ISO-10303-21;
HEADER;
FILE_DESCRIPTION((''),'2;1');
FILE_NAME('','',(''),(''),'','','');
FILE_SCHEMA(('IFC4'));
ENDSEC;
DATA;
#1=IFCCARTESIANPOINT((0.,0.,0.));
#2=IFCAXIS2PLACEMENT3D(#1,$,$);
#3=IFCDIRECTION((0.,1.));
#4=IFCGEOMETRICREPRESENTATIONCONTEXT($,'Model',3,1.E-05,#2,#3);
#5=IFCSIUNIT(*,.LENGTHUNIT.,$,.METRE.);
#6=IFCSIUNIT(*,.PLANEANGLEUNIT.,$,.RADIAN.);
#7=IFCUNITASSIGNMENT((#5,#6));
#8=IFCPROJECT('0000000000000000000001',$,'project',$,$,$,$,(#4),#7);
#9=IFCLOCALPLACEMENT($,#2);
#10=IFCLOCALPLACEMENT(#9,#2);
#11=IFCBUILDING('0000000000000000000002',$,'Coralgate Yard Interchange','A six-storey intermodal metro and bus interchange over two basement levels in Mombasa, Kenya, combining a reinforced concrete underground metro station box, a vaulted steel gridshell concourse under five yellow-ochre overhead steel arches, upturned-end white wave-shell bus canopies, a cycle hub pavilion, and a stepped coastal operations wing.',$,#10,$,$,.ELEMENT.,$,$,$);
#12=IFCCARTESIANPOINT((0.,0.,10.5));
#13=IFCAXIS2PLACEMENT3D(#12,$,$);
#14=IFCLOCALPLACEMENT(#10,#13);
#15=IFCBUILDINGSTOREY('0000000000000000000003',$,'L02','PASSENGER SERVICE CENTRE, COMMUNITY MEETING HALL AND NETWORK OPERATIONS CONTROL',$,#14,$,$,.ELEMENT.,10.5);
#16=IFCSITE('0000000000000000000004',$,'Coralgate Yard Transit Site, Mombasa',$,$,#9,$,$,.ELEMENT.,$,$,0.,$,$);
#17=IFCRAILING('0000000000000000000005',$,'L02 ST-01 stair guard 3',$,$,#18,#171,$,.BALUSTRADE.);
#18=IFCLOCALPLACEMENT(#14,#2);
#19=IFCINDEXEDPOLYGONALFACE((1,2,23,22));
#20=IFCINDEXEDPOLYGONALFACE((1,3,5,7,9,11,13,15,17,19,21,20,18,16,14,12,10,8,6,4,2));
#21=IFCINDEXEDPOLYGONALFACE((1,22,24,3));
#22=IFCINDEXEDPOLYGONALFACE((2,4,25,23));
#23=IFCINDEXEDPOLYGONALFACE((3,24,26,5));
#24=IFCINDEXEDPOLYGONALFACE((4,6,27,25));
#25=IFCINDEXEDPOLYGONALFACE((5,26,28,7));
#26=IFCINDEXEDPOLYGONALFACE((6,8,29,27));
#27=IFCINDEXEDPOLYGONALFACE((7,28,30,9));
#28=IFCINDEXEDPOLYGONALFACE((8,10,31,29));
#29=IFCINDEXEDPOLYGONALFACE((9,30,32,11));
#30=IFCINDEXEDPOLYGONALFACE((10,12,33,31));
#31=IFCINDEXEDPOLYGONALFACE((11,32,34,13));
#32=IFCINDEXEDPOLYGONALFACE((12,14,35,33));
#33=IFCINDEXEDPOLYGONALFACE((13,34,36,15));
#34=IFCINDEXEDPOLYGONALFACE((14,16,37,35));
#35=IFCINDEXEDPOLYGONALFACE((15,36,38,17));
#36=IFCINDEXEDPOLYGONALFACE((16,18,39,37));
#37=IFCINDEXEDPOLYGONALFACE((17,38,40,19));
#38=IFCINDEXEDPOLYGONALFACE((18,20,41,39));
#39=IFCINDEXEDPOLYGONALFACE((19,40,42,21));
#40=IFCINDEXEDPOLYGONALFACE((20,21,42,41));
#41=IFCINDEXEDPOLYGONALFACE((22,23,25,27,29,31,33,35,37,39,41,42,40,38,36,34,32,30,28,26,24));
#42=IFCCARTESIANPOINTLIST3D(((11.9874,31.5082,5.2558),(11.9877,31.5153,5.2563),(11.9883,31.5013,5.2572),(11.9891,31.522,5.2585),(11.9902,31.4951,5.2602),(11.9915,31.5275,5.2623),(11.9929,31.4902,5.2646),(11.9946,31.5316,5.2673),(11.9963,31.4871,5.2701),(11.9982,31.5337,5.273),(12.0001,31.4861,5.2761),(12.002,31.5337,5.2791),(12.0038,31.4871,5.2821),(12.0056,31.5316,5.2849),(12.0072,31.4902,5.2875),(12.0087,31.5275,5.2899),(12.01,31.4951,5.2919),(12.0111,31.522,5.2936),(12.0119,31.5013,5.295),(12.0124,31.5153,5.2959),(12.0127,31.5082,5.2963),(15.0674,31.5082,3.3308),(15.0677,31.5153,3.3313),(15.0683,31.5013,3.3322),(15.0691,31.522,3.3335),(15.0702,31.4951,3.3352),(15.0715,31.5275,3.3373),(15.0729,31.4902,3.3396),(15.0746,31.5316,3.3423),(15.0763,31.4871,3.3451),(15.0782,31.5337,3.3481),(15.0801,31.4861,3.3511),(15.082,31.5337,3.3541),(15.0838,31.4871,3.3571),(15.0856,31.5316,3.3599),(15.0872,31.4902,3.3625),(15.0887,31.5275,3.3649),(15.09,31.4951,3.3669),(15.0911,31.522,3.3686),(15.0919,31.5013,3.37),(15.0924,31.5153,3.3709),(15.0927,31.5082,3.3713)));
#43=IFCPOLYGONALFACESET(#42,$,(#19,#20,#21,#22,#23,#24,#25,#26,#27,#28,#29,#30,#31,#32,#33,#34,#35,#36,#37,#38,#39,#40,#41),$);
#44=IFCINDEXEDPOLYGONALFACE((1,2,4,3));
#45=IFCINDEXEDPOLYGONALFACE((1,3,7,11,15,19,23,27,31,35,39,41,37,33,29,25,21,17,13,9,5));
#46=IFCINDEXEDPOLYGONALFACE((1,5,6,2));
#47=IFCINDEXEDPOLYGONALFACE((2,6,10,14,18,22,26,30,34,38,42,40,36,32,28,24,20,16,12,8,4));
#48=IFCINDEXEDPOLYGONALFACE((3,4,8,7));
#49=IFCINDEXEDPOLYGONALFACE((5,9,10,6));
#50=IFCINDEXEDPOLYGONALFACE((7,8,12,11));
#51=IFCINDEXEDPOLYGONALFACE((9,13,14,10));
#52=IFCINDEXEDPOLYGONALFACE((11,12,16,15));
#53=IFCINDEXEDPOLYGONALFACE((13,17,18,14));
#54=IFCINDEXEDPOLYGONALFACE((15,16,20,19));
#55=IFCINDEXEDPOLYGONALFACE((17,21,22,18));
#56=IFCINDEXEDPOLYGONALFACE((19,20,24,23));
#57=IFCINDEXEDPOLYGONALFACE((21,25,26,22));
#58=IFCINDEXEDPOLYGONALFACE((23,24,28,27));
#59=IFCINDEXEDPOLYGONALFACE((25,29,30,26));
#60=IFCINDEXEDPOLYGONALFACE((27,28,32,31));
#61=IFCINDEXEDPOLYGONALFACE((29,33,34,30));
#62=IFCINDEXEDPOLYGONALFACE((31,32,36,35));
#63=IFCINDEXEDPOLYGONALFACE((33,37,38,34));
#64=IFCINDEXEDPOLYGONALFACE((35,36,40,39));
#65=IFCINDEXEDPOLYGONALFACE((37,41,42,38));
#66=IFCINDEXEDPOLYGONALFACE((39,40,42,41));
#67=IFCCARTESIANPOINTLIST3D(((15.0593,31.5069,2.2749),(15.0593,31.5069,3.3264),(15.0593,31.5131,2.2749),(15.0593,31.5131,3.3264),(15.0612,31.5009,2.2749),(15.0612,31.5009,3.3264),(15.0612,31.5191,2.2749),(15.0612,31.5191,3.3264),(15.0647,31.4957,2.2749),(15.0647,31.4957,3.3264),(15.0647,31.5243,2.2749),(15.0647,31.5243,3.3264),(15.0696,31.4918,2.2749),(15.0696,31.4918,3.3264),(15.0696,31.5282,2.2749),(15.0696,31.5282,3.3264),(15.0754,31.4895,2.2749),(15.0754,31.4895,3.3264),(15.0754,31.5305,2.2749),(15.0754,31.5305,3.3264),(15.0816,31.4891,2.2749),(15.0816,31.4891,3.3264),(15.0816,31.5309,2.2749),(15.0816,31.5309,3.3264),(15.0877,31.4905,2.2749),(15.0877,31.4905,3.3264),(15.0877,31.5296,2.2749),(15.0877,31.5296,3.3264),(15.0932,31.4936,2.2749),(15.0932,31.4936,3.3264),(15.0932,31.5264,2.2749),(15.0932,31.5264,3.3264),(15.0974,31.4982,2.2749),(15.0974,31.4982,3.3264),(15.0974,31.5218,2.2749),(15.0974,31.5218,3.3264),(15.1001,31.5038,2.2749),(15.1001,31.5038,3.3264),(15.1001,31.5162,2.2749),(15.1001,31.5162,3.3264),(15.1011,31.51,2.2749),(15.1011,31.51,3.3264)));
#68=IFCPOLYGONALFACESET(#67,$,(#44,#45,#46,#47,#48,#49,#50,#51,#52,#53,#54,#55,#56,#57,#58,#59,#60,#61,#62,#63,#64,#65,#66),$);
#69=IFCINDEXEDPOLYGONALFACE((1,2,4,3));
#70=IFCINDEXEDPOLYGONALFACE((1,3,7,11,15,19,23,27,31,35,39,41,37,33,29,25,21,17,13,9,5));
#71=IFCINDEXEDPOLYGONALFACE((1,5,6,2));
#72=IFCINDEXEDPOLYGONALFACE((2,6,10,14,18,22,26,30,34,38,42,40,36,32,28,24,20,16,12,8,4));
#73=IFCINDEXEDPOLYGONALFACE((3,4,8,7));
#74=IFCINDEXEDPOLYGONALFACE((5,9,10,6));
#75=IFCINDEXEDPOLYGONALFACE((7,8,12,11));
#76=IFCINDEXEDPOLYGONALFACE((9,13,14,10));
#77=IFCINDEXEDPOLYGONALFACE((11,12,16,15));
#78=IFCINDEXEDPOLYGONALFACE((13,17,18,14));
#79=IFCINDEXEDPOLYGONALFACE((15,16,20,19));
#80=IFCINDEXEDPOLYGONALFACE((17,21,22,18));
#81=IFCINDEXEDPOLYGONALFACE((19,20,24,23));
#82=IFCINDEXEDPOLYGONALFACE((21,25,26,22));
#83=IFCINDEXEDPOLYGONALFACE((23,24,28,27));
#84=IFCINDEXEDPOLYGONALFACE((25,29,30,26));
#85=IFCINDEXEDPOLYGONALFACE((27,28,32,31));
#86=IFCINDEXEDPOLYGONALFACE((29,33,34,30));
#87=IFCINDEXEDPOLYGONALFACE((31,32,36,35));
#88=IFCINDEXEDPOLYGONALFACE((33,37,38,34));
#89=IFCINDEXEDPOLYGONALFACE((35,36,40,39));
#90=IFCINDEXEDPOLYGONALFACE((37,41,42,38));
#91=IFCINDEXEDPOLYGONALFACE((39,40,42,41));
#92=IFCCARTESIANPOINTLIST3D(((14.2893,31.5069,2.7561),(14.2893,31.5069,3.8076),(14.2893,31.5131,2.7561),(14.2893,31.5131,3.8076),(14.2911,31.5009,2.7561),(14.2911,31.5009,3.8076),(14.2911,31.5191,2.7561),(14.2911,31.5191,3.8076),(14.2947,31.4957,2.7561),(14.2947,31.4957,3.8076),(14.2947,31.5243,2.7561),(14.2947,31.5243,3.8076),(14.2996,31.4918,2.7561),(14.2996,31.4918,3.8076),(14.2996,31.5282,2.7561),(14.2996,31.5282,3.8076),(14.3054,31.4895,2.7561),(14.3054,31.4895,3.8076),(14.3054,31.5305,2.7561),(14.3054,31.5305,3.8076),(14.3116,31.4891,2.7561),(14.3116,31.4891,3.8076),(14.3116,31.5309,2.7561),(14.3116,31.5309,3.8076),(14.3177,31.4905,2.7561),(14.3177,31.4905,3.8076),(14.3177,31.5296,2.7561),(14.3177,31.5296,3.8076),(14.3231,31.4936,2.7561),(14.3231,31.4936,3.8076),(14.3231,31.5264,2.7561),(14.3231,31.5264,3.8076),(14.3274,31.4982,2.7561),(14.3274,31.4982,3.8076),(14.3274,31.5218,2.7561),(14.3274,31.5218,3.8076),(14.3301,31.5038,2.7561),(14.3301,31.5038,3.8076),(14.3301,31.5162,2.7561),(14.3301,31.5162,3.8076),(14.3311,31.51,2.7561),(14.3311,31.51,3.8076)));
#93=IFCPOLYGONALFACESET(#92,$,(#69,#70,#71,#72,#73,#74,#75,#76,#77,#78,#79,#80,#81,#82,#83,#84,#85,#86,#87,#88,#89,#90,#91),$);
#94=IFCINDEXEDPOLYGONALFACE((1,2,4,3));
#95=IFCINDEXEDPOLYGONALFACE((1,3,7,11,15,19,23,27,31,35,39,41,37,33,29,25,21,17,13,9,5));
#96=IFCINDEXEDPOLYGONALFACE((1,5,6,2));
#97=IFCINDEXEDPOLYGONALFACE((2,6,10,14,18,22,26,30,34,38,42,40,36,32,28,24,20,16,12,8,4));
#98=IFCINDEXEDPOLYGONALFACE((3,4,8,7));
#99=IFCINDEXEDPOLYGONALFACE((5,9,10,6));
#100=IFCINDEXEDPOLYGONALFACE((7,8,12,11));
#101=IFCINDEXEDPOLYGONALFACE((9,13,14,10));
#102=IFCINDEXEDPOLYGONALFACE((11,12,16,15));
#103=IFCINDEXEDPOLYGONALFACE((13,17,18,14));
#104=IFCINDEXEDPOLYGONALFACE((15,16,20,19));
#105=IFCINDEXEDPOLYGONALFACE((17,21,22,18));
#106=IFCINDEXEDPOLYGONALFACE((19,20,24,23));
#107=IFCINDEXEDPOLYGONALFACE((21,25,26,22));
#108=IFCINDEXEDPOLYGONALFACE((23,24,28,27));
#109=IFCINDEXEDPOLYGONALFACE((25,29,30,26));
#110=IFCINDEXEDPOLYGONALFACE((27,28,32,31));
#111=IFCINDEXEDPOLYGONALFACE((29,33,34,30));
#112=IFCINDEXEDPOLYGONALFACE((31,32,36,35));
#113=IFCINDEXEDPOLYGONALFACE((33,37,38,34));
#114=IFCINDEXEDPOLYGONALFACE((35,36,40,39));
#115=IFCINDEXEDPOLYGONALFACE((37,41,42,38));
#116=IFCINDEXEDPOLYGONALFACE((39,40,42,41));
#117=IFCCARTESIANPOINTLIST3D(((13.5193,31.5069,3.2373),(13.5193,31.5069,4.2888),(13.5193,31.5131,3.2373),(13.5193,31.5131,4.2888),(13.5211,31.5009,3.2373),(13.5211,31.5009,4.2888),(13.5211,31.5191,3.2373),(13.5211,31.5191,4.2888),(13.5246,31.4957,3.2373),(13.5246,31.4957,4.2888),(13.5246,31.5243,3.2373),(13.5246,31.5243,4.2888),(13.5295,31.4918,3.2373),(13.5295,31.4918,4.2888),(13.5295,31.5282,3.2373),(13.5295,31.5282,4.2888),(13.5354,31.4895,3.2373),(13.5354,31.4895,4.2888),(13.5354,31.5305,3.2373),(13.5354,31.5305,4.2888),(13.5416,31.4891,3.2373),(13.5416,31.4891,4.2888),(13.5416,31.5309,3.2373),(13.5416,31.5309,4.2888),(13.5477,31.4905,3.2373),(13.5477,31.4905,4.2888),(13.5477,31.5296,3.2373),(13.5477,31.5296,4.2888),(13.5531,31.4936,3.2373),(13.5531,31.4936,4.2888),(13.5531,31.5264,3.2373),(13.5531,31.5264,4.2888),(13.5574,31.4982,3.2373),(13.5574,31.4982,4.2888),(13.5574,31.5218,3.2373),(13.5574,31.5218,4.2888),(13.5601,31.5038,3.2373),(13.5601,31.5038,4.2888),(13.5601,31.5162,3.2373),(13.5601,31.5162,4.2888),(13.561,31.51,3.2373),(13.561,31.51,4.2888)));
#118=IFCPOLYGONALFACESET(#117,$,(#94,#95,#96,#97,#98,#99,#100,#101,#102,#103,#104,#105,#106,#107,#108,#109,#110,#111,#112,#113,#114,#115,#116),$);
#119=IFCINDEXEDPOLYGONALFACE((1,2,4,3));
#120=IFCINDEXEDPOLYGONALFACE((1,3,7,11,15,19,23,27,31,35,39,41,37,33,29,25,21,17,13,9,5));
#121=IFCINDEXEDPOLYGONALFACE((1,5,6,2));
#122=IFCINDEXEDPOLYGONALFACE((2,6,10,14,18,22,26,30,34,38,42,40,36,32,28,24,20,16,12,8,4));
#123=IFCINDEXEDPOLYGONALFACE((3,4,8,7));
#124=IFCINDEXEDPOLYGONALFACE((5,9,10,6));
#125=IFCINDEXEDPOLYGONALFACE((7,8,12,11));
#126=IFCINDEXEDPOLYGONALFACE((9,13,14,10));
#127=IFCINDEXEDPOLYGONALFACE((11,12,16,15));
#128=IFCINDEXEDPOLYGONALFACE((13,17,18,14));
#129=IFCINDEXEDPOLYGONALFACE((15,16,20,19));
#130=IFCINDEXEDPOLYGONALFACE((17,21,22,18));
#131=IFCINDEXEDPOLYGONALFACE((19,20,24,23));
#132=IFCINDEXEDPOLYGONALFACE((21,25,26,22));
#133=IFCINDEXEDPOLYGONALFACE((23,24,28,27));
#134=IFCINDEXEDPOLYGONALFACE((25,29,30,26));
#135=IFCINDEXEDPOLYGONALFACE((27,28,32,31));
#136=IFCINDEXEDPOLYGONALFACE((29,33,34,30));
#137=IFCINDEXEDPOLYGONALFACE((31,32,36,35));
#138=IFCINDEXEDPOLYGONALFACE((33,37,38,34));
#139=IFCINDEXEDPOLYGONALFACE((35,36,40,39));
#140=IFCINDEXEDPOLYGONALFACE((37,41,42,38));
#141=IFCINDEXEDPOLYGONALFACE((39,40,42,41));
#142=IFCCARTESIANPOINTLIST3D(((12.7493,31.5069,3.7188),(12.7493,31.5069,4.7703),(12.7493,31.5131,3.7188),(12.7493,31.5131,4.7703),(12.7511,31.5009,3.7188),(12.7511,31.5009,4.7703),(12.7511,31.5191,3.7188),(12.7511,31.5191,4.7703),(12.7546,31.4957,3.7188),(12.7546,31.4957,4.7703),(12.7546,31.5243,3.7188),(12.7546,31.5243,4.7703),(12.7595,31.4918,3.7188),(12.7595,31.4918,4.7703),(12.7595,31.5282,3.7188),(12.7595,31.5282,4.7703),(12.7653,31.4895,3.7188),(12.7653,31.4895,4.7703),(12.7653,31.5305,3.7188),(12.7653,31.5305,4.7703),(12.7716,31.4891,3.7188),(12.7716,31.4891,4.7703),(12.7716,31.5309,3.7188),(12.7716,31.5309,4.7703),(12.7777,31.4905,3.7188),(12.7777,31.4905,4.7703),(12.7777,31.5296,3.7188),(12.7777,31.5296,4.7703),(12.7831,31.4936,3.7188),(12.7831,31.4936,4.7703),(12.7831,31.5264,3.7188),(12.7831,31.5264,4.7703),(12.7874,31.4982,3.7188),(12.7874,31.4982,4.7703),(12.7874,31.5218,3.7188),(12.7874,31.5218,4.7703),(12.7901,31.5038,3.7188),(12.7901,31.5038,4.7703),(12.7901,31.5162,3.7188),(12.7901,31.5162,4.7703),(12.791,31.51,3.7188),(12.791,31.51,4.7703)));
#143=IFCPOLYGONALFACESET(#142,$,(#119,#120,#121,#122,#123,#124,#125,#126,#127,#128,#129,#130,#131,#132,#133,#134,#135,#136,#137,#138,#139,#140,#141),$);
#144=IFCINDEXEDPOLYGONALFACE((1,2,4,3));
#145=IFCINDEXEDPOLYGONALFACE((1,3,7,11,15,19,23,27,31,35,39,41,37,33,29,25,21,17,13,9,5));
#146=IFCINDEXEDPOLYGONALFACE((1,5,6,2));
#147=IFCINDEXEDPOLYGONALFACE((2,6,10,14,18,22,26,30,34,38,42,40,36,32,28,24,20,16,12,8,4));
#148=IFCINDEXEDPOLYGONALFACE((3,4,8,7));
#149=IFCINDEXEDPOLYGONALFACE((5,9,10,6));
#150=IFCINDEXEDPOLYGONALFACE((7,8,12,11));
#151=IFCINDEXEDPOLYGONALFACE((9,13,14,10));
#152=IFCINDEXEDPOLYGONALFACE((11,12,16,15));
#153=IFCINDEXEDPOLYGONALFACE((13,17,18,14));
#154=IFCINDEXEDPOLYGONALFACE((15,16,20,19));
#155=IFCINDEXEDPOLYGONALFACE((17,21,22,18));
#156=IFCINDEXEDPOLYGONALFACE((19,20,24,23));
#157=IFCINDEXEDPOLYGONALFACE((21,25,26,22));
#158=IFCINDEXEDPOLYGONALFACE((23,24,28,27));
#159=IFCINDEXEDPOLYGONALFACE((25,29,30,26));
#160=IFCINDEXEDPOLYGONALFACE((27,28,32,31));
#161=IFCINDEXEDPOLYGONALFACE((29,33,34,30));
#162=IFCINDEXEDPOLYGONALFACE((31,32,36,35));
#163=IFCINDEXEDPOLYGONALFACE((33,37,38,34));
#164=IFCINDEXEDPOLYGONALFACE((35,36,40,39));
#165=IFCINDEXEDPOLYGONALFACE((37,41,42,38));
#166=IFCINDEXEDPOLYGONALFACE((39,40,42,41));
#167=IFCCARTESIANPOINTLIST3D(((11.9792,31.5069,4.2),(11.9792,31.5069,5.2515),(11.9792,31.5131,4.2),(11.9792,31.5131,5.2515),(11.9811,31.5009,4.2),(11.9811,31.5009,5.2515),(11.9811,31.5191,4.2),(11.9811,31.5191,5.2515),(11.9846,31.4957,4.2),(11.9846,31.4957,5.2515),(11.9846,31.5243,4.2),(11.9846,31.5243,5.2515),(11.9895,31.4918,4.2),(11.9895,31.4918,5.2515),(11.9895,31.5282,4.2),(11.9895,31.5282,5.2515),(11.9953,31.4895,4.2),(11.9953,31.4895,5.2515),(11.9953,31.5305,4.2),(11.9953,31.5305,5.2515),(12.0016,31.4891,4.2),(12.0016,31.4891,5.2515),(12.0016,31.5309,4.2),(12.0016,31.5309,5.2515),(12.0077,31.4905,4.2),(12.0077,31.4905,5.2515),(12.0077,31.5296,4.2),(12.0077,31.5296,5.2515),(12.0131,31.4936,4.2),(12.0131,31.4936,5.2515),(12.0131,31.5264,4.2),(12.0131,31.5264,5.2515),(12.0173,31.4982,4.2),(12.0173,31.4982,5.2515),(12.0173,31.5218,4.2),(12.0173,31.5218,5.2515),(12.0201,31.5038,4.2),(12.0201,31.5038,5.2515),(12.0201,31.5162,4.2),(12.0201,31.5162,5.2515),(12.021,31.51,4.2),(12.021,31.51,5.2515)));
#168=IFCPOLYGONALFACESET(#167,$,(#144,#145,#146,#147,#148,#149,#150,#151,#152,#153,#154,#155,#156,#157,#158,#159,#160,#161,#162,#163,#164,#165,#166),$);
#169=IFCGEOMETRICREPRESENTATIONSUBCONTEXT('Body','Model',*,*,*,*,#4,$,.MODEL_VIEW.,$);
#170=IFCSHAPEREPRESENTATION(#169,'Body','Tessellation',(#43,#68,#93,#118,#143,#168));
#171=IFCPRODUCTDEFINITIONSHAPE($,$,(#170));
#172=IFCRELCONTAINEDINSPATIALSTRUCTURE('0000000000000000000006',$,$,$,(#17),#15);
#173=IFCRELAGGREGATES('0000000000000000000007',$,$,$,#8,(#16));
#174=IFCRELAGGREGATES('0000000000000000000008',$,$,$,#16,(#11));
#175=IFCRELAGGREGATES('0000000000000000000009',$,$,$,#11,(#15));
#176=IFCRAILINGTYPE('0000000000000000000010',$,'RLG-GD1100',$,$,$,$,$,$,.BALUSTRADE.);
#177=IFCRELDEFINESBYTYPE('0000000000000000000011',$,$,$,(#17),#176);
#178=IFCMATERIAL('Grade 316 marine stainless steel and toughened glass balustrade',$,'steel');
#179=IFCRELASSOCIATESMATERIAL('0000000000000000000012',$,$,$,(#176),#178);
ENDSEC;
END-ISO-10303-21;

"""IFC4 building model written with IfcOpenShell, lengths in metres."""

from ifc_helpers import new_model, si_unit, direction, frame, origin, origin_2d, place, context, subcontext, project, spatial, circle, extrude, material, type_object, element, save


model = new_model("IFC4")

# Units and contexts
model_context = context("Model", 3, precision=1e-05, world=origin(), true_north=direction((0.0, 1.0)))
body_context = subcontext(model_context, "Body", "Model", "MODEL_VIEW")
ifc_project = project(units=[si_unit("LENGTHUNIT", "METRE"), si_unit("PLANEANGLEUNIT", "RADIAN")], contexts=[model_context])

# Site, building, storey
site_placement = place(None, origin())
site = spatial("IfcSite", under=ifc_project, at=site_placement, Name="Coralgate Yard Transit Site, Mombasa", CompositionType="ELEMENT", RefElevation=0.0)
building_placement = place(site_placement, origin())
building = spatial("IfcBuilding", under=site, at=building_placement, Name="Coralgate Yard Interchange", Description="A six-storey intermodal metro and bus interchange over two basement levels in Mombasa, Kenya, combining a reinforced concrete underground metro station box, a vaulted steel gridshell concourse under five yellow-ochre overhead steel arches, upturned-end white wave-shell bus canopies, a cycle hub pavilion, and a stepped coastal operations wing.", CompositionType="ELEMENT")
storey_placement = place(building_placement, frame((0.0, 0.0, 10.5)))
storey = spatial("IfcBuildingStorey", under=building, at=storey_placement, Name="L02", Description="PASSENGER SERVICE CENTRE, COMMUNITY MEETING HALL AND NETWORK OPERATIONS CONTROL", CompositionType="ELEMENT", Elevation=10.5)

# Railing
ifc_material_1 = material(Name="Grade 316 marine stainless steel and toughened glass balustrade", Category="steel")
railing_type_1 = type_object("IfcRailingType", Name="RLG-GD1100", PredefinedType="BALUSTRADE", material=ifc_material_1)
railing_1_placement = place(storey_placement, frame((15.0801, 31.51, 2.2749)))
element("IfcRailing", 1, at=railing_1_placement, inside=storey, type_object=railing_type_1, Name="L02 ST-01 stair guard 3", PredefinedType="BALUSTRADE", context=body_context, shape_type="SweptSolid", body=[
    extrude(circle(Radius=0.0239, at=origin_2d()), frame((0.0, 0.0, 1.0762), z_axis=(-0.847998, 0.0, 0.529999), x_axis=(0.0, -1.0, 0.0)), (0.0, 0.0, 1.0), 3.6321),
    extrude(circle(Radius=0.021, at=origin_2d()), origin(), (0.0, 0.0, 1.0), 1.0515),
    extrude(circle(Radius=0.021, at=origin_2d()), frame((-0.77, 0.0, 0.4812)), (0.0, 0.0, 1.0), 1.0515),
    extrude(circle(Radius=0.021, at=origin_2d()), frame((-1.54, 0.0, 0.9624)), (0.0, 0.0, 1.0), 1.0515),
    extrude(circle(Radius=0.021, at=origin_2d()), frame((-2.3101, 0.0, 1.4438)), (0.0, 0.0, 1.0), 1.0515),
    extrude(circle(Radius=0.021, at=origin_2d()), frame((-3.0801, 0.0, 1.925)), (0.0, 0.0, 1.0), 1.0515),
])

save(model, "model.ifc")
